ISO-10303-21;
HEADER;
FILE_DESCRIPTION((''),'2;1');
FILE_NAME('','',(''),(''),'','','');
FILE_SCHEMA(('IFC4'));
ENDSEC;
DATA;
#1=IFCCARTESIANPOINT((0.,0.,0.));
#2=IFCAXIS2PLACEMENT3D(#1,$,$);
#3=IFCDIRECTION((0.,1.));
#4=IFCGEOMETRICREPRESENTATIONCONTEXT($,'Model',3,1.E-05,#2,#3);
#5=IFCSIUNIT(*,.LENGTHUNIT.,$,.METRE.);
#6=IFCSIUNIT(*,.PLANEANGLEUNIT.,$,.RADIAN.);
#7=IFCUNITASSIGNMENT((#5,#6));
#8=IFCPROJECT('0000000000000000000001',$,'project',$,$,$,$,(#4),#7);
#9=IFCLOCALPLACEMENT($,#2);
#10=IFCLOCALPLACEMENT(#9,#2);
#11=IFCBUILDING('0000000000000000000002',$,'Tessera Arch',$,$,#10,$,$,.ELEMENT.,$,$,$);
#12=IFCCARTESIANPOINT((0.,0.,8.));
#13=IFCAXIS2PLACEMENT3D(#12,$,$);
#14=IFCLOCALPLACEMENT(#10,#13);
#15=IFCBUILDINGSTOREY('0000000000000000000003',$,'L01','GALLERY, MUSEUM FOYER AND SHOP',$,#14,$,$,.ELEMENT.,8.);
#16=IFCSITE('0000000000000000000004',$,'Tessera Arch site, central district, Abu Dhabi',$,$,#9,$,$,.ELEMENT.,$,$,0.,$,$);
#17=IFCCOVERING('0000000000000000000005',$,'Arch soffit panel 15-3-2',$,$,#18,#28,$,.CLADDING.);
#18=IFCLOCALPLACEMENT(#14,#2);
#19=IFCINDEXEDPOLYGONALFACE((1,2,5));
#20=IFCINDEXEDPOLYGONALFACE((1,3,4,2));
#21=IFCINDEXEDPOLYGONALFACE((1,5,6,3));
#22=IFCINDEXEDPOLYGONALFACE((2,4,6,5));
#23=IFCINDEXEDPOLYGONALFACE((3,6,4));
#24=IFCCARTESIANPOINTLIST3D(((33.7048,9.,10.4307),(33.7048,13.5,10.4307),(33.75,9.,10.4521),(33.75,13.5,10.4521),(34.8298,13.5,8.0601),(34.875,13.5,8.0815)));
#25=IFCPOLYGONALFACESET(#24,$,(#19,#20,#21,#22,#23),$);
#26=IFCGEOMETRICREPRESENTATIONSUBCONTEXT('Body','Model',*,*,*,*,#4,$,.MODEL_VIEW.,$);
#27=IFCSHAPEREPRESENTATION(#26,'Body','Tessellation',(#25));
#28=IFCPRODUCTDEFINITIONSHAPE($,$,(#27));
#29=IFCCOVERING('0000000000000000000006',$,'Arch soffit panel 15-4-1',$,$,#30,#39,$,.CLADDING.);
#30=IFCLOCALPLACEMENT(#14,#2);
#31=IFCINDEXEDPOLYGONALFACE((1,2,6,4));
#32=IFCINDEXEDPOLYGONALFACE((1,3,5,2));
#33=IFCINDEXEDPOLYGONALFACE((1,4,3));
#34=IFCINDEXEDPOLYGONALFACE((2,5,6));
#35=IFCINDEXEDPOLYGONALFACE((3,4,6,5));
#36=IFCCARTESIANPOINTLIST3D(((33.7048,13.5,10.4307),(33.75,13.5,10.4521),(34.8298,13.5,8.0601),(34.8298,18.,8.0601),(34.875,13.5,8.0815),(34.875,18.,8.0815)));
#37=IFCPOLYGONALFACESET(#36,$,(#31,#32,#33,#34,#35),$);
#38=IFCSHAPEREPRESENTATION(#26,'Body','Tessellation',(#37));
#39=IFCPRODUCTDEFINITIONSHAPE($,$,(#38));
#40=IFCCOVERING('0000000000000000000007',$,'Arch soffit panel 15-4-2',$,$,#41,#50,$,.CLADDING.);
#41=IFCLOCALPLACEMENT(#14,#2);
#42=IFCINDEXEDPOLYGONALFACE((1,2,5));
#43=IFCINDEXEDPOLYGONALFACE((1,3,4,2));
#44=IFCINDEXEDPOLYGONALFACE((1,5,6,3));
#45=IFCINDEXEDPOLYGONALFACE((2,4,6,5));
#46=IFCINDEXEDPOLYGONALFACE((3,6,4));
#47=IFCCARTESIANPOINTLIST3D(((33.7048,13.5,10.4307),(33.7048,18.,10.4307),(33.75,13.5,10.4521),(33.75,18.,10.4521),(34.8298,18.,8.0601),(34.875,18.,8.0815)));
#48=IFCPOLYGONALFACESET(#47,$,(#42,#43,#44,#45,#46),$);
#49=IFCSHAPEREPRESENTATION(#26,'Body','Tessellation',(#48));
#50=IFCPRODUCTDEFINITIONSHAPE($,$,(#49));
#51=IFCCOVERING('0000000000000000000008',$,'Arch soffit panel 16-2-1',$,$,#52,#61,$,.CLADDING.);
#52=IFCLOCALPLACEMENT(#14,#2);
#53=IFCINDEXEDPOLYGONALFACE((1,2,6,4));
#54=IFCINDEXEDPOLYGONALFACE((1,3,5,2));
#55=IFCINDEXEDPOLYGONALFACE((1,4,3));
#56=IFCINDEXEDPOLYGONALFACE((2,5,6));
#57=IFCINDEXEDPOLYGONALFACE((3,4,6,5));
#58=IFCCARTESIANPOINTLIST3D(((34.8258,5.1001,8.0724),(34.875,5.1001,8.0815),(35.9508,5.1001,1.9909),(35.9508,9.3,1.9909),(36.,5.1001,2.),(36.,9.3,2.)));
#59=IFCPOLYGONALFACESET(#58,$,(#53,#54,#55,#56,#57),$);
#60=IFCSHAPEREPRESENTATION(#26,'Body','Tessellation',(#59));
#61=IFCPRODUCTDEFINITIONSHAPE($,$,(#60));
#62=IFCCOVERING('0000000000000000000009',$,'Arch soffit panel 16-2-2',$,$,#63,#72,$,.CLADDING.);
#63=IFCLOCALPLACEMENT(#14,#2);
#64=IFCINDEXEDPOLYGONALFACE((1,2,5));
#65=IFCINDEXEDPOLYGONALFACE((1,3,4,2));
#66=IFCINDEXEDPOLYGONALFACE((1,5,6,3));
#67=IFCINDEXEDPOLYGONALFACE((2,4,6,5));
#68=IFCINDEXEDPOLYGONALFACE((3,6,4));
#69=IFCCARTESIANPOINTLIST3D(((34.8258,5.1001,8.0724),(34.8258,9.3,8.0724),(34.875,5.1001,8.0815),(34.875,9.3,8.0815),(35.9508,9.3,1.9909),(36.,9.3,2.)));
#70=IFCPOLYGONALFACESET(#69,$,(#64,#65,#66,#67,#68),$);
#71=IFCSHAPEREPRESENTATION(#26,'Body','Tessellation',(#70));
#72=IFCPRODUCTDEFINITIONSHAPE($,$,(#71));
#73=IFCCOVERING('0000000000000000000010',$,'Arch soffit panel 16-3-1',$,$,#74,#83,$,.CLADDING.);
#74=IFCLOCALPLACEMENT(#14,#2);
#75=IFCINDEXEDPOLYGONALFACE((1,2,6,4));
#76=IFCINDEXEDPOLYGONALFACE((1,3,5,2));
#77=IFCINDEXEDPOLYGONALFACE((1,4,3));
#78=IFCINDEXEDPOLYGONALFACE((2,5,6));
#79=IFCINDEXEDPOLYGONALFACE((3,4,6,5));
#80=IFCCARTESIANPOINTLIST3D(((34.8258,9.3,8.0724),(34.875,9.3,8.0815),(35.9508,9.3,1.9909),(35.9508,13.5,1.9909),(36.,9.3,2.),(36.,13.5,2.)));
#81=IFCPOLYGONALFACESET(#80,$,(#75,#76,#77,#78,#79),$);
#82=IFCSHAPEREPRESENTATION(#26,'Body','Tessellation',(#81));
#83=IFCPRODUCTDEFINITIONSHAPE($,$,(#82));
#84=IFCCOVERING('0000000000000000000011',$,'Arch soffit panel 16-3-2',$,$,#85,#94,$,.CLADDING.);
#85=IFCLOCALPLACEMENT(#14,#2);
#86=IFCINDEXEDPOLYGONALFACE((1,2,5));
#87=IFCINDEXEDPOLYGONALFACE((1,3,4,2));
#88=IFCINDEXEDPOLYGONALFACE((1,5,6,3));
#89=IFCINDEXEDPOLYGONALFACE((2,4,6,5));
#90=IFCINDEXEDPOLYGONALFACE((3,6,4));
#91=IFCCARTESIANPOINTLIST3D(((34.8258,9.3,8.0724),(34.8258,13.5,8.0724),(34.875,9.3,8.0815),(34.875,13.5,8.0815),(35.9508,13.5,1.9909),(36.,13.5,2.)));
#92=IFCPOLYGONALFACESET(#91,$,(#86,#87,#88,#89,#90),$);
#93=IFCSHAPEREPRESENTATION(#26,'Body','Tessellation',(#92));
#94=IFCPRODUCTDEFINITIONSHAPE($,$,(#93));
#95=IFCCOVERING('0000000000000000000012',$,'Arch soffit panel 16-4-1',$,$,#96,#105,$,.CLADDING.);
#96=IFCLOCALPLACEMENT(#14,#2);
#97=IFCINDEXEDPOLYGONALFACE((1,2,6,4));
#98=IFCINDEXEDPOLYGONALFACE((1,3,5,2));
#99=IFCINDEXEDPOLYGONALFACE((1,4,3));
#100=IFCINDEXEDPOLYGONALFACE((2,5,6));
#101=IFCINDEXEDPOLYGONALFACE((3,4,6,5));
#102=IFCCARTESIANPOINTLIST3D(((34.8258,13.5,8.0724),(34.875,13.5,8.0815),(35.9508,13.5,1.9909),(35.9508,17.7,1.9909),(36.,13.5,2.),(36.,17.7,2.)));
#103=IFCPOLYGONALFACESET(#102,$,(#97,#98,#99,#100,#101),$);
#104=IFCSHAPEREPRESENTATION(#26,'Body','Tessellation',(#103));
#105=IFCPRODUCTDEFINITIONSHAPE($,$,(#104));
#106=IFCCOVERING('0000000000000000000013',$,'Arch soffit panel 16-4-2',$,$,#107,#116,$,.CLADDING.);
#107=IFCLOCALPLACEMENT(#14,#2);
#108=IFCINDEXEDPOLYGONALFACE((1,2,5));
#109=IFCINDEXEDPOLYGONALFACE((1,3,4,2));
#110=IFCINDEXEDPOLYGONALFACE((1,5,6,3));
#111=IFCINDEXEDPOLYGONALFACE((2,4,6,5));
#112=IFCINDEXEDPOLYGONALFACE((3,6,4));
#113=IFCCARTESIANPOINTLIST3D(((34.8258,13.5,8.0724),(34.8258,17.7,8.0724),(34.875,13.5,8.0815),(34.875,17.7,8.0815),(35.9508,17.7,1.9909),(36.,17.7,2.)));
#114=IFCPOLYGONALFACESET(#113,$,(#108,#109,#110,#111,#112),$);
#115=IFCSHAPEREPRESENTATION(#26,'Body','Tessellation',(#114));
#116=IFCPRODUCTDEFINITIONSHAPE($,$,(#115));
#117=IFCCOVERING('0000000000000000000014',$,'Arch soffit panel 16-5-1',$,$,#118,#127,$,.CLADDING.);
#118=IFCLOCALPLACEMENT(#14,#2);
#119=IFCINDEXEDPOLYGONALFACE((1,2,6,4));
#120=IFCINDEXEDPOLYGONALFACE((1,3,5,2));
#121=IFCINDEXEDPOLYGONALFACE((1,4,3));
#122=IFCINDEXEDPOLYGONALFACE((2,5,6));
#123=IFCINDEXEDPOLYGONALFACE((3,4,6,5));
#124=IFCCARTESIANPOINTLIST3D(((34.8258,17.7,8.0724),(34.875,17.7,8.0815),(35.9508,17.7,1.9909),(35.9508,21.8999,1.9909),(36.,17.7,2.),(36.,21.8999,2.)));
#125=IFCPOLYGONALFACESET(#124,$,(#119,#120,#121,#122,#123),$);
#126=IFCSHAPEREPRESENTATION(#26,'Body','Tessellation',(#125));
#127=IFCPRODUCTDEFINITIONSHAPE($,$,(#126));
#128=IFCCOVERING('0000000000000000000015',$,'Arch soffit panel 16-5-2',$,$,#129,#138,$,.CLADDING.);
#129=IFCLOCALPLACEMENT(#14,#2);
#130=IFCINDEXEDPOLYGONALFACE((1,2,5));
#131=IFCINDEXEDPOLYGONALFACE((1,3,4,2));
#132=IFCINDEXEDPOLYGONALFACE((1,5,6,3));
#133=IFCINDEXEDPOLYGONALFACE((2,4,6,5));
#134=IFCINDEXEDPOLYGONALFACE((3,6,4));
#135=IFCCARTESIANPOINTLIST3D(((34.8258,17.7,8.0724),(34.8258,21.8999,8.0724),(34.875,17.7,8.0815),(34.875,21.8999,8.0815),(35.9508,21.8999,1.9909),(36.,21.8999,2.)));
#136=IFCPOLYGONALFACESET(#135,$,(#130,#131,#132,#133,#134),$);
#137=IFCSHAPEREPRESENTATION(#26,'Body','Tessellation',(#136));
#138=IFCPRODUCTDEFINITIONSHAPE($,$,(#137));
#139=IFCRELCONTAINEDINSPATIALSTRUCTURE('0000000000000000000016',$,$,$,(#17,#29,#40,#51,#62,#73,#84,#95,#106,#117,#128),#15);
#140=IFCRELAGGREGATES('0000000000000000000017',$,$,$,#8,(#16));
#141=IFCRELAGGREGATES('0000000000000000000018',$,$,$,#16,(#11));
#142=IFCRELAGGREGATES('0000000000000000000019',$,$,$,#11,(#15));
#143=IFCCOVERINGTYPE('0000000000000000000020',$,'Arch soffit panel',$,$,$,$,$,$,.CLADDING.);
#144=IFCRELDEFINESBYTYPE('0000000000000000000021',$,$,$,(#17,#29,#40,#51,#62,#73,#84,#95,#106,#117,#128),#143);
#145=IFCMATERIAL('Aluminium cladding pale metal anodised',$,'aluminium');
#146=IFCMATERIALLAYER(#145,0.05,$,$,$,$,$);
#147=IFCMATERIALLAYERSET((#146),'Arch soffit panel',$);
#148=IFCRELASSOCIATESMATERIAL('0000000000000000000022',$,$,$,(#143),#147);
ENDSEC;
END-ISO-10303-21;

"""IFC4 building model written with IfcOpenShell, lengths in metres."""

from ifc_helpers import new_model, si_unit, direction, frame, origin, place, context, subcontext, project, spatial, polyline, outline, extrude, material, layer, layer_set, type_object, element, save


model = new_model("IFC4")

# Units and contexts
model_context = context("Model", 3, precision=1e-05, world=origin(), true_north=direction((0.0, 1.0)))
body_context = subcontext(model_context, "Body", "Model", "MODEL_VIEW")
ifc_project = project(units=[si_unit("LENGTHUNIT", "METRE"), si_unit("PLANEANGLEUNIT", "RADIAN")], contexts=[model_context])

# Site, building, storey
site_placement = place(None, origin())
site = spatial("IfcSite", under=ifc_project, at=site_placement, Name="Tessera Arch site, central district, Abu Dhabi", CompositionType="ELEMENT", RefElevation=0.0)
building_placement = place(site_placement, origin())
building = spatial("IfcBuilding", under=site, at=building_placement, Name="Tessera Arch", CompositionType="ELEMENT")
storey_placement = place(building_placement, frame((0.0, 0.0, 8.0)))
storey = spatial("IfcBuildingStorey", under=building, at=storey_placement, Name="L01", Description="GALLERY, MUSEUM FOYER AND SHOP", CompositionType="ELEMENT", Elevation=8.0)

# Coverings
ifc_material_1 = material(Name="Aluminium cladding pale metal anodised", Category="aluminium")
ifc_layer_1 = layer(ifc_material_1, 0.05)
ifc_layer_set_1 = layer_set([ifc_layer_1], Name="Arch soffit panel")
covering_type = type_object("IfcCoveringType", Name="Arch soffit panel", PredefinedType="CLADDING", material=ifc_layer_set_1)
covering_1_placement = place(storey_placement, frame((33.75, 9.0, 10.4521), z_axis=(0.903431, 0.0, 0.428734), x_axis=(0.215966, 0.863862, -0.455084)))
element("IfcCovering", 1, at=covering_1_placement, inside=storey, type_object=covering_type, Name="Arch soffit panel 15-3-2", PredefinedType="CLADDING", context=body_context, shape_type="SweptSolid", body=[
    extrude(outline(polyline([(0.0, 0.0), (5.2092, 0.0), (3.8874, 2.2668), (0.0, 0.0)])), origin(), (0.0, 0.0, -1.0), 0.05),
])
covering_2_placement = place(storey_placement, frame((33.75, 13.5, 10.4521), z_axis=(0.903431, 0.0, 0.428734), x_axis=(0.428734, 0.0, -0.903431)))
element("IfcCovering", 2, at=covering_2_placement, inside=storey, type_object=covering_type, Name="Arch soffit panel 15-4-1", PredefinedType="CLADDING", context=body_context, shape_type="SweptSolid", body=[
    extrude(outline(polyline([(0.0, 0.0), (2.624, 0.0), (2.624, 4.5), (0.0, 0.0)])), origin(), (0.0, 0.0, -1.0), 0.05),
])
covering_3_placement = place(storey_placement, frame((33.75, 13.5, 10.4521), z_axis=(0.903431, 0.0, 0.428734), x_axis=(0.215966, 0.863862, -0.455084)))
element("IfcCovering", 3, at=covering_3_placement, inside=storey, type_object=covering_type, Name="Arch soffit panel 15-4-2", PredefinedType="CLADDING", context=body_context, shape_type="SweptSolid", body=[
    extrude(outline(polyline([(0.0, 0.0), (5.2092, 0.0), (3.8874, 2.2668), (0.0, 0.0)])), origin(), (0.0, 0.0, -1.0), 0.05),
])
covering_4_placement = place(storey_placement, frame((34.875, 5.1001, 8.0815), z_axis=(0.983317, 0.0, 0.1819), x_axis=(0.1819, 0.0, -0.983317)))
element("IfcCovering", 4, at=covering_4_placement, inside=storey, type_object=covering_type, Name="Arch soffit panel 16-2-1", PredefinedType="CLADDING", context=body_context, shape_type="SweptSolid", body=[
    extrude(outline(polyline([(0.0, 0.0), (6.1847, 0.0), (6.1847, 4.2), (0.0, 0.0)])), origin(), (0.0, 0.0, -1.0), 0.05),
])
covering_5_placement = place(storey_placement, frame((34.875, 5.1001, 8.0815), z_axis=(0.983317, 0.0, 0.1819), x_axis=(0.150482, 0.561792, -0.813477)))
element("IfcCovering", 5, at=covering_5_placement, inside=storey, type_object=covering_type, Name="Arch soffit panel 16-2-2", PredefinedType="CLADDING", context=body_context, shape_type="SweptSolid", body=[
    extrude(outline(polyline([(0.0, 0.0), (7.476, 0.0), (2.3595, 3.4745), (0.0, 0.0)])), origin(), (0.0, 0.0, -1.0), 0.05),
])
covering_6_placement = place(storey_placement, frame((34.875, 9.3, 8.0815), z_axis=(0.983317, 0.0, 0.1819), x_axis=(0.1819, 0.0, -0.983317)))
element("IfcCovering", 6, at=covering_6_placement, inside=storey, type_object=covering_type, Name="Arch soffit panel 16-3-1", PredefinedType="CLADDING", context=body_context, shape_type="SweptSolid", body=[
    extrude(outline(polyline([(0.0, 0.0), (6.1847, 0.0), (6.1847, 4.2), (0.0, 0.0)])), origin(), (0.0, 0.0, -1.0), 0.05),
])
covering_7_placement = place(storey_placement, frame((34.875, 9.3, 8.0815), z_axis=(0.983317, 0.0, 0.1819), x_axis=(0.150482, 0.561792, -0.813477)))
element("IfcCovering", 7, at=covering_7_placement, inside=storey, type_object=covering_type, Name="Arch soffit panel 16-3-2", PredefinedType="CLADDING", context=body_context, shape_type="SweptSolid", body=[
    extrude(outline(polyline([(0.0, 0.0), (7.476, 0.0), (2.3595, 3.4745), (0.0, 0.0)])), origin(), (0.0, 0.0, -1.0), 0.05),
])
covering_8_placement = place(storey_placement, frame((34.875, 13.5, 8.0815), z_axis=(0.983317, 0.0, 0.1819), x_axis=(0.1819, 0.0, -0.983317)))
element("IfcCovering", 8, at=covering_8_placement, inside=storey, type_object=covering_type, Name="Arch soffit panel 16-4-1", PredefinedType="CLADDING", context=body_context, shape_type="SweptSolid", body=[
    extrude(outline(polyline([(0.0, 0.0), (6.1847, 0.0), (6.1847, 4.2), (0.0, 0.0)])), origin(), (0.0, 0.0, -1.0), 0.05),
])
covering_9_placement = place(storey_placement, frame((34.875, 13.5, 8.0815), z_axis=(0.983317, 0.0, 0.1819), x_axis=(0.150482, 0.561792, -0.813477)))
element("IfcCovering", 9, at=covering_9_placement, inside=storey, type_object=covering_type, Name="Arch soffit panel 16-4-2", PredefinedType="CLADDING", context=body_context, shape_type="SweptSolid", body=[
    extrude(outline(polyline([(0.0, 0.0), (7.476, 0.0), (2.3595, 3.4745), (0.0, 0.0)])), origin(), (0.0, 0.0, -1.0), 0.05),
])
covering_10_placement = place(storey_placement, frame((34.875, 17.7, 8.0815), z_axis=(0.983317, 0.0, 0.1819), x_axis=(0.1819, 0.0, -0.983317)))
element("IfcCovering", 10, at=covering_10_placement, inside=storey, type_object=covering_type, Name="Arch soffit panel 16-5-1", PredefinedType="CLADDING", context=body_context, shape_type="SweptSolid", body=[
    extrude(outline(polyline([(0.0, 0.0), (6.1847, 0.0), (6.1847, 4.2), (0.0, 0.0)])), origin(), (0.0, 0.0, -1.0), 0.05),
])
covering_11_placement = place(storey_placement, frame((34.875, 17.7, 8.0815), z_axis=(0.983317, 0.0, 0.1819), x_axis=(0.150482, 0.561792, -0.813477)))
element("IfcCovering", 11, at=covering_11_placement, inside=storey, type_object=covering_type, Name="Arch soffit panel 16-5-2", PredefinedType="CLADDING", context=body_context, shape_type="SweptSolid", body=[
    extrude(outline(polyline([(0.0, 0.0), (7.476, 0.0), (2.3595, 3.4745), (0.0, 0.0)])), origin(), (0.0, 0.0, -1.0), 0.05),
])

save(model, "model.ifc")
